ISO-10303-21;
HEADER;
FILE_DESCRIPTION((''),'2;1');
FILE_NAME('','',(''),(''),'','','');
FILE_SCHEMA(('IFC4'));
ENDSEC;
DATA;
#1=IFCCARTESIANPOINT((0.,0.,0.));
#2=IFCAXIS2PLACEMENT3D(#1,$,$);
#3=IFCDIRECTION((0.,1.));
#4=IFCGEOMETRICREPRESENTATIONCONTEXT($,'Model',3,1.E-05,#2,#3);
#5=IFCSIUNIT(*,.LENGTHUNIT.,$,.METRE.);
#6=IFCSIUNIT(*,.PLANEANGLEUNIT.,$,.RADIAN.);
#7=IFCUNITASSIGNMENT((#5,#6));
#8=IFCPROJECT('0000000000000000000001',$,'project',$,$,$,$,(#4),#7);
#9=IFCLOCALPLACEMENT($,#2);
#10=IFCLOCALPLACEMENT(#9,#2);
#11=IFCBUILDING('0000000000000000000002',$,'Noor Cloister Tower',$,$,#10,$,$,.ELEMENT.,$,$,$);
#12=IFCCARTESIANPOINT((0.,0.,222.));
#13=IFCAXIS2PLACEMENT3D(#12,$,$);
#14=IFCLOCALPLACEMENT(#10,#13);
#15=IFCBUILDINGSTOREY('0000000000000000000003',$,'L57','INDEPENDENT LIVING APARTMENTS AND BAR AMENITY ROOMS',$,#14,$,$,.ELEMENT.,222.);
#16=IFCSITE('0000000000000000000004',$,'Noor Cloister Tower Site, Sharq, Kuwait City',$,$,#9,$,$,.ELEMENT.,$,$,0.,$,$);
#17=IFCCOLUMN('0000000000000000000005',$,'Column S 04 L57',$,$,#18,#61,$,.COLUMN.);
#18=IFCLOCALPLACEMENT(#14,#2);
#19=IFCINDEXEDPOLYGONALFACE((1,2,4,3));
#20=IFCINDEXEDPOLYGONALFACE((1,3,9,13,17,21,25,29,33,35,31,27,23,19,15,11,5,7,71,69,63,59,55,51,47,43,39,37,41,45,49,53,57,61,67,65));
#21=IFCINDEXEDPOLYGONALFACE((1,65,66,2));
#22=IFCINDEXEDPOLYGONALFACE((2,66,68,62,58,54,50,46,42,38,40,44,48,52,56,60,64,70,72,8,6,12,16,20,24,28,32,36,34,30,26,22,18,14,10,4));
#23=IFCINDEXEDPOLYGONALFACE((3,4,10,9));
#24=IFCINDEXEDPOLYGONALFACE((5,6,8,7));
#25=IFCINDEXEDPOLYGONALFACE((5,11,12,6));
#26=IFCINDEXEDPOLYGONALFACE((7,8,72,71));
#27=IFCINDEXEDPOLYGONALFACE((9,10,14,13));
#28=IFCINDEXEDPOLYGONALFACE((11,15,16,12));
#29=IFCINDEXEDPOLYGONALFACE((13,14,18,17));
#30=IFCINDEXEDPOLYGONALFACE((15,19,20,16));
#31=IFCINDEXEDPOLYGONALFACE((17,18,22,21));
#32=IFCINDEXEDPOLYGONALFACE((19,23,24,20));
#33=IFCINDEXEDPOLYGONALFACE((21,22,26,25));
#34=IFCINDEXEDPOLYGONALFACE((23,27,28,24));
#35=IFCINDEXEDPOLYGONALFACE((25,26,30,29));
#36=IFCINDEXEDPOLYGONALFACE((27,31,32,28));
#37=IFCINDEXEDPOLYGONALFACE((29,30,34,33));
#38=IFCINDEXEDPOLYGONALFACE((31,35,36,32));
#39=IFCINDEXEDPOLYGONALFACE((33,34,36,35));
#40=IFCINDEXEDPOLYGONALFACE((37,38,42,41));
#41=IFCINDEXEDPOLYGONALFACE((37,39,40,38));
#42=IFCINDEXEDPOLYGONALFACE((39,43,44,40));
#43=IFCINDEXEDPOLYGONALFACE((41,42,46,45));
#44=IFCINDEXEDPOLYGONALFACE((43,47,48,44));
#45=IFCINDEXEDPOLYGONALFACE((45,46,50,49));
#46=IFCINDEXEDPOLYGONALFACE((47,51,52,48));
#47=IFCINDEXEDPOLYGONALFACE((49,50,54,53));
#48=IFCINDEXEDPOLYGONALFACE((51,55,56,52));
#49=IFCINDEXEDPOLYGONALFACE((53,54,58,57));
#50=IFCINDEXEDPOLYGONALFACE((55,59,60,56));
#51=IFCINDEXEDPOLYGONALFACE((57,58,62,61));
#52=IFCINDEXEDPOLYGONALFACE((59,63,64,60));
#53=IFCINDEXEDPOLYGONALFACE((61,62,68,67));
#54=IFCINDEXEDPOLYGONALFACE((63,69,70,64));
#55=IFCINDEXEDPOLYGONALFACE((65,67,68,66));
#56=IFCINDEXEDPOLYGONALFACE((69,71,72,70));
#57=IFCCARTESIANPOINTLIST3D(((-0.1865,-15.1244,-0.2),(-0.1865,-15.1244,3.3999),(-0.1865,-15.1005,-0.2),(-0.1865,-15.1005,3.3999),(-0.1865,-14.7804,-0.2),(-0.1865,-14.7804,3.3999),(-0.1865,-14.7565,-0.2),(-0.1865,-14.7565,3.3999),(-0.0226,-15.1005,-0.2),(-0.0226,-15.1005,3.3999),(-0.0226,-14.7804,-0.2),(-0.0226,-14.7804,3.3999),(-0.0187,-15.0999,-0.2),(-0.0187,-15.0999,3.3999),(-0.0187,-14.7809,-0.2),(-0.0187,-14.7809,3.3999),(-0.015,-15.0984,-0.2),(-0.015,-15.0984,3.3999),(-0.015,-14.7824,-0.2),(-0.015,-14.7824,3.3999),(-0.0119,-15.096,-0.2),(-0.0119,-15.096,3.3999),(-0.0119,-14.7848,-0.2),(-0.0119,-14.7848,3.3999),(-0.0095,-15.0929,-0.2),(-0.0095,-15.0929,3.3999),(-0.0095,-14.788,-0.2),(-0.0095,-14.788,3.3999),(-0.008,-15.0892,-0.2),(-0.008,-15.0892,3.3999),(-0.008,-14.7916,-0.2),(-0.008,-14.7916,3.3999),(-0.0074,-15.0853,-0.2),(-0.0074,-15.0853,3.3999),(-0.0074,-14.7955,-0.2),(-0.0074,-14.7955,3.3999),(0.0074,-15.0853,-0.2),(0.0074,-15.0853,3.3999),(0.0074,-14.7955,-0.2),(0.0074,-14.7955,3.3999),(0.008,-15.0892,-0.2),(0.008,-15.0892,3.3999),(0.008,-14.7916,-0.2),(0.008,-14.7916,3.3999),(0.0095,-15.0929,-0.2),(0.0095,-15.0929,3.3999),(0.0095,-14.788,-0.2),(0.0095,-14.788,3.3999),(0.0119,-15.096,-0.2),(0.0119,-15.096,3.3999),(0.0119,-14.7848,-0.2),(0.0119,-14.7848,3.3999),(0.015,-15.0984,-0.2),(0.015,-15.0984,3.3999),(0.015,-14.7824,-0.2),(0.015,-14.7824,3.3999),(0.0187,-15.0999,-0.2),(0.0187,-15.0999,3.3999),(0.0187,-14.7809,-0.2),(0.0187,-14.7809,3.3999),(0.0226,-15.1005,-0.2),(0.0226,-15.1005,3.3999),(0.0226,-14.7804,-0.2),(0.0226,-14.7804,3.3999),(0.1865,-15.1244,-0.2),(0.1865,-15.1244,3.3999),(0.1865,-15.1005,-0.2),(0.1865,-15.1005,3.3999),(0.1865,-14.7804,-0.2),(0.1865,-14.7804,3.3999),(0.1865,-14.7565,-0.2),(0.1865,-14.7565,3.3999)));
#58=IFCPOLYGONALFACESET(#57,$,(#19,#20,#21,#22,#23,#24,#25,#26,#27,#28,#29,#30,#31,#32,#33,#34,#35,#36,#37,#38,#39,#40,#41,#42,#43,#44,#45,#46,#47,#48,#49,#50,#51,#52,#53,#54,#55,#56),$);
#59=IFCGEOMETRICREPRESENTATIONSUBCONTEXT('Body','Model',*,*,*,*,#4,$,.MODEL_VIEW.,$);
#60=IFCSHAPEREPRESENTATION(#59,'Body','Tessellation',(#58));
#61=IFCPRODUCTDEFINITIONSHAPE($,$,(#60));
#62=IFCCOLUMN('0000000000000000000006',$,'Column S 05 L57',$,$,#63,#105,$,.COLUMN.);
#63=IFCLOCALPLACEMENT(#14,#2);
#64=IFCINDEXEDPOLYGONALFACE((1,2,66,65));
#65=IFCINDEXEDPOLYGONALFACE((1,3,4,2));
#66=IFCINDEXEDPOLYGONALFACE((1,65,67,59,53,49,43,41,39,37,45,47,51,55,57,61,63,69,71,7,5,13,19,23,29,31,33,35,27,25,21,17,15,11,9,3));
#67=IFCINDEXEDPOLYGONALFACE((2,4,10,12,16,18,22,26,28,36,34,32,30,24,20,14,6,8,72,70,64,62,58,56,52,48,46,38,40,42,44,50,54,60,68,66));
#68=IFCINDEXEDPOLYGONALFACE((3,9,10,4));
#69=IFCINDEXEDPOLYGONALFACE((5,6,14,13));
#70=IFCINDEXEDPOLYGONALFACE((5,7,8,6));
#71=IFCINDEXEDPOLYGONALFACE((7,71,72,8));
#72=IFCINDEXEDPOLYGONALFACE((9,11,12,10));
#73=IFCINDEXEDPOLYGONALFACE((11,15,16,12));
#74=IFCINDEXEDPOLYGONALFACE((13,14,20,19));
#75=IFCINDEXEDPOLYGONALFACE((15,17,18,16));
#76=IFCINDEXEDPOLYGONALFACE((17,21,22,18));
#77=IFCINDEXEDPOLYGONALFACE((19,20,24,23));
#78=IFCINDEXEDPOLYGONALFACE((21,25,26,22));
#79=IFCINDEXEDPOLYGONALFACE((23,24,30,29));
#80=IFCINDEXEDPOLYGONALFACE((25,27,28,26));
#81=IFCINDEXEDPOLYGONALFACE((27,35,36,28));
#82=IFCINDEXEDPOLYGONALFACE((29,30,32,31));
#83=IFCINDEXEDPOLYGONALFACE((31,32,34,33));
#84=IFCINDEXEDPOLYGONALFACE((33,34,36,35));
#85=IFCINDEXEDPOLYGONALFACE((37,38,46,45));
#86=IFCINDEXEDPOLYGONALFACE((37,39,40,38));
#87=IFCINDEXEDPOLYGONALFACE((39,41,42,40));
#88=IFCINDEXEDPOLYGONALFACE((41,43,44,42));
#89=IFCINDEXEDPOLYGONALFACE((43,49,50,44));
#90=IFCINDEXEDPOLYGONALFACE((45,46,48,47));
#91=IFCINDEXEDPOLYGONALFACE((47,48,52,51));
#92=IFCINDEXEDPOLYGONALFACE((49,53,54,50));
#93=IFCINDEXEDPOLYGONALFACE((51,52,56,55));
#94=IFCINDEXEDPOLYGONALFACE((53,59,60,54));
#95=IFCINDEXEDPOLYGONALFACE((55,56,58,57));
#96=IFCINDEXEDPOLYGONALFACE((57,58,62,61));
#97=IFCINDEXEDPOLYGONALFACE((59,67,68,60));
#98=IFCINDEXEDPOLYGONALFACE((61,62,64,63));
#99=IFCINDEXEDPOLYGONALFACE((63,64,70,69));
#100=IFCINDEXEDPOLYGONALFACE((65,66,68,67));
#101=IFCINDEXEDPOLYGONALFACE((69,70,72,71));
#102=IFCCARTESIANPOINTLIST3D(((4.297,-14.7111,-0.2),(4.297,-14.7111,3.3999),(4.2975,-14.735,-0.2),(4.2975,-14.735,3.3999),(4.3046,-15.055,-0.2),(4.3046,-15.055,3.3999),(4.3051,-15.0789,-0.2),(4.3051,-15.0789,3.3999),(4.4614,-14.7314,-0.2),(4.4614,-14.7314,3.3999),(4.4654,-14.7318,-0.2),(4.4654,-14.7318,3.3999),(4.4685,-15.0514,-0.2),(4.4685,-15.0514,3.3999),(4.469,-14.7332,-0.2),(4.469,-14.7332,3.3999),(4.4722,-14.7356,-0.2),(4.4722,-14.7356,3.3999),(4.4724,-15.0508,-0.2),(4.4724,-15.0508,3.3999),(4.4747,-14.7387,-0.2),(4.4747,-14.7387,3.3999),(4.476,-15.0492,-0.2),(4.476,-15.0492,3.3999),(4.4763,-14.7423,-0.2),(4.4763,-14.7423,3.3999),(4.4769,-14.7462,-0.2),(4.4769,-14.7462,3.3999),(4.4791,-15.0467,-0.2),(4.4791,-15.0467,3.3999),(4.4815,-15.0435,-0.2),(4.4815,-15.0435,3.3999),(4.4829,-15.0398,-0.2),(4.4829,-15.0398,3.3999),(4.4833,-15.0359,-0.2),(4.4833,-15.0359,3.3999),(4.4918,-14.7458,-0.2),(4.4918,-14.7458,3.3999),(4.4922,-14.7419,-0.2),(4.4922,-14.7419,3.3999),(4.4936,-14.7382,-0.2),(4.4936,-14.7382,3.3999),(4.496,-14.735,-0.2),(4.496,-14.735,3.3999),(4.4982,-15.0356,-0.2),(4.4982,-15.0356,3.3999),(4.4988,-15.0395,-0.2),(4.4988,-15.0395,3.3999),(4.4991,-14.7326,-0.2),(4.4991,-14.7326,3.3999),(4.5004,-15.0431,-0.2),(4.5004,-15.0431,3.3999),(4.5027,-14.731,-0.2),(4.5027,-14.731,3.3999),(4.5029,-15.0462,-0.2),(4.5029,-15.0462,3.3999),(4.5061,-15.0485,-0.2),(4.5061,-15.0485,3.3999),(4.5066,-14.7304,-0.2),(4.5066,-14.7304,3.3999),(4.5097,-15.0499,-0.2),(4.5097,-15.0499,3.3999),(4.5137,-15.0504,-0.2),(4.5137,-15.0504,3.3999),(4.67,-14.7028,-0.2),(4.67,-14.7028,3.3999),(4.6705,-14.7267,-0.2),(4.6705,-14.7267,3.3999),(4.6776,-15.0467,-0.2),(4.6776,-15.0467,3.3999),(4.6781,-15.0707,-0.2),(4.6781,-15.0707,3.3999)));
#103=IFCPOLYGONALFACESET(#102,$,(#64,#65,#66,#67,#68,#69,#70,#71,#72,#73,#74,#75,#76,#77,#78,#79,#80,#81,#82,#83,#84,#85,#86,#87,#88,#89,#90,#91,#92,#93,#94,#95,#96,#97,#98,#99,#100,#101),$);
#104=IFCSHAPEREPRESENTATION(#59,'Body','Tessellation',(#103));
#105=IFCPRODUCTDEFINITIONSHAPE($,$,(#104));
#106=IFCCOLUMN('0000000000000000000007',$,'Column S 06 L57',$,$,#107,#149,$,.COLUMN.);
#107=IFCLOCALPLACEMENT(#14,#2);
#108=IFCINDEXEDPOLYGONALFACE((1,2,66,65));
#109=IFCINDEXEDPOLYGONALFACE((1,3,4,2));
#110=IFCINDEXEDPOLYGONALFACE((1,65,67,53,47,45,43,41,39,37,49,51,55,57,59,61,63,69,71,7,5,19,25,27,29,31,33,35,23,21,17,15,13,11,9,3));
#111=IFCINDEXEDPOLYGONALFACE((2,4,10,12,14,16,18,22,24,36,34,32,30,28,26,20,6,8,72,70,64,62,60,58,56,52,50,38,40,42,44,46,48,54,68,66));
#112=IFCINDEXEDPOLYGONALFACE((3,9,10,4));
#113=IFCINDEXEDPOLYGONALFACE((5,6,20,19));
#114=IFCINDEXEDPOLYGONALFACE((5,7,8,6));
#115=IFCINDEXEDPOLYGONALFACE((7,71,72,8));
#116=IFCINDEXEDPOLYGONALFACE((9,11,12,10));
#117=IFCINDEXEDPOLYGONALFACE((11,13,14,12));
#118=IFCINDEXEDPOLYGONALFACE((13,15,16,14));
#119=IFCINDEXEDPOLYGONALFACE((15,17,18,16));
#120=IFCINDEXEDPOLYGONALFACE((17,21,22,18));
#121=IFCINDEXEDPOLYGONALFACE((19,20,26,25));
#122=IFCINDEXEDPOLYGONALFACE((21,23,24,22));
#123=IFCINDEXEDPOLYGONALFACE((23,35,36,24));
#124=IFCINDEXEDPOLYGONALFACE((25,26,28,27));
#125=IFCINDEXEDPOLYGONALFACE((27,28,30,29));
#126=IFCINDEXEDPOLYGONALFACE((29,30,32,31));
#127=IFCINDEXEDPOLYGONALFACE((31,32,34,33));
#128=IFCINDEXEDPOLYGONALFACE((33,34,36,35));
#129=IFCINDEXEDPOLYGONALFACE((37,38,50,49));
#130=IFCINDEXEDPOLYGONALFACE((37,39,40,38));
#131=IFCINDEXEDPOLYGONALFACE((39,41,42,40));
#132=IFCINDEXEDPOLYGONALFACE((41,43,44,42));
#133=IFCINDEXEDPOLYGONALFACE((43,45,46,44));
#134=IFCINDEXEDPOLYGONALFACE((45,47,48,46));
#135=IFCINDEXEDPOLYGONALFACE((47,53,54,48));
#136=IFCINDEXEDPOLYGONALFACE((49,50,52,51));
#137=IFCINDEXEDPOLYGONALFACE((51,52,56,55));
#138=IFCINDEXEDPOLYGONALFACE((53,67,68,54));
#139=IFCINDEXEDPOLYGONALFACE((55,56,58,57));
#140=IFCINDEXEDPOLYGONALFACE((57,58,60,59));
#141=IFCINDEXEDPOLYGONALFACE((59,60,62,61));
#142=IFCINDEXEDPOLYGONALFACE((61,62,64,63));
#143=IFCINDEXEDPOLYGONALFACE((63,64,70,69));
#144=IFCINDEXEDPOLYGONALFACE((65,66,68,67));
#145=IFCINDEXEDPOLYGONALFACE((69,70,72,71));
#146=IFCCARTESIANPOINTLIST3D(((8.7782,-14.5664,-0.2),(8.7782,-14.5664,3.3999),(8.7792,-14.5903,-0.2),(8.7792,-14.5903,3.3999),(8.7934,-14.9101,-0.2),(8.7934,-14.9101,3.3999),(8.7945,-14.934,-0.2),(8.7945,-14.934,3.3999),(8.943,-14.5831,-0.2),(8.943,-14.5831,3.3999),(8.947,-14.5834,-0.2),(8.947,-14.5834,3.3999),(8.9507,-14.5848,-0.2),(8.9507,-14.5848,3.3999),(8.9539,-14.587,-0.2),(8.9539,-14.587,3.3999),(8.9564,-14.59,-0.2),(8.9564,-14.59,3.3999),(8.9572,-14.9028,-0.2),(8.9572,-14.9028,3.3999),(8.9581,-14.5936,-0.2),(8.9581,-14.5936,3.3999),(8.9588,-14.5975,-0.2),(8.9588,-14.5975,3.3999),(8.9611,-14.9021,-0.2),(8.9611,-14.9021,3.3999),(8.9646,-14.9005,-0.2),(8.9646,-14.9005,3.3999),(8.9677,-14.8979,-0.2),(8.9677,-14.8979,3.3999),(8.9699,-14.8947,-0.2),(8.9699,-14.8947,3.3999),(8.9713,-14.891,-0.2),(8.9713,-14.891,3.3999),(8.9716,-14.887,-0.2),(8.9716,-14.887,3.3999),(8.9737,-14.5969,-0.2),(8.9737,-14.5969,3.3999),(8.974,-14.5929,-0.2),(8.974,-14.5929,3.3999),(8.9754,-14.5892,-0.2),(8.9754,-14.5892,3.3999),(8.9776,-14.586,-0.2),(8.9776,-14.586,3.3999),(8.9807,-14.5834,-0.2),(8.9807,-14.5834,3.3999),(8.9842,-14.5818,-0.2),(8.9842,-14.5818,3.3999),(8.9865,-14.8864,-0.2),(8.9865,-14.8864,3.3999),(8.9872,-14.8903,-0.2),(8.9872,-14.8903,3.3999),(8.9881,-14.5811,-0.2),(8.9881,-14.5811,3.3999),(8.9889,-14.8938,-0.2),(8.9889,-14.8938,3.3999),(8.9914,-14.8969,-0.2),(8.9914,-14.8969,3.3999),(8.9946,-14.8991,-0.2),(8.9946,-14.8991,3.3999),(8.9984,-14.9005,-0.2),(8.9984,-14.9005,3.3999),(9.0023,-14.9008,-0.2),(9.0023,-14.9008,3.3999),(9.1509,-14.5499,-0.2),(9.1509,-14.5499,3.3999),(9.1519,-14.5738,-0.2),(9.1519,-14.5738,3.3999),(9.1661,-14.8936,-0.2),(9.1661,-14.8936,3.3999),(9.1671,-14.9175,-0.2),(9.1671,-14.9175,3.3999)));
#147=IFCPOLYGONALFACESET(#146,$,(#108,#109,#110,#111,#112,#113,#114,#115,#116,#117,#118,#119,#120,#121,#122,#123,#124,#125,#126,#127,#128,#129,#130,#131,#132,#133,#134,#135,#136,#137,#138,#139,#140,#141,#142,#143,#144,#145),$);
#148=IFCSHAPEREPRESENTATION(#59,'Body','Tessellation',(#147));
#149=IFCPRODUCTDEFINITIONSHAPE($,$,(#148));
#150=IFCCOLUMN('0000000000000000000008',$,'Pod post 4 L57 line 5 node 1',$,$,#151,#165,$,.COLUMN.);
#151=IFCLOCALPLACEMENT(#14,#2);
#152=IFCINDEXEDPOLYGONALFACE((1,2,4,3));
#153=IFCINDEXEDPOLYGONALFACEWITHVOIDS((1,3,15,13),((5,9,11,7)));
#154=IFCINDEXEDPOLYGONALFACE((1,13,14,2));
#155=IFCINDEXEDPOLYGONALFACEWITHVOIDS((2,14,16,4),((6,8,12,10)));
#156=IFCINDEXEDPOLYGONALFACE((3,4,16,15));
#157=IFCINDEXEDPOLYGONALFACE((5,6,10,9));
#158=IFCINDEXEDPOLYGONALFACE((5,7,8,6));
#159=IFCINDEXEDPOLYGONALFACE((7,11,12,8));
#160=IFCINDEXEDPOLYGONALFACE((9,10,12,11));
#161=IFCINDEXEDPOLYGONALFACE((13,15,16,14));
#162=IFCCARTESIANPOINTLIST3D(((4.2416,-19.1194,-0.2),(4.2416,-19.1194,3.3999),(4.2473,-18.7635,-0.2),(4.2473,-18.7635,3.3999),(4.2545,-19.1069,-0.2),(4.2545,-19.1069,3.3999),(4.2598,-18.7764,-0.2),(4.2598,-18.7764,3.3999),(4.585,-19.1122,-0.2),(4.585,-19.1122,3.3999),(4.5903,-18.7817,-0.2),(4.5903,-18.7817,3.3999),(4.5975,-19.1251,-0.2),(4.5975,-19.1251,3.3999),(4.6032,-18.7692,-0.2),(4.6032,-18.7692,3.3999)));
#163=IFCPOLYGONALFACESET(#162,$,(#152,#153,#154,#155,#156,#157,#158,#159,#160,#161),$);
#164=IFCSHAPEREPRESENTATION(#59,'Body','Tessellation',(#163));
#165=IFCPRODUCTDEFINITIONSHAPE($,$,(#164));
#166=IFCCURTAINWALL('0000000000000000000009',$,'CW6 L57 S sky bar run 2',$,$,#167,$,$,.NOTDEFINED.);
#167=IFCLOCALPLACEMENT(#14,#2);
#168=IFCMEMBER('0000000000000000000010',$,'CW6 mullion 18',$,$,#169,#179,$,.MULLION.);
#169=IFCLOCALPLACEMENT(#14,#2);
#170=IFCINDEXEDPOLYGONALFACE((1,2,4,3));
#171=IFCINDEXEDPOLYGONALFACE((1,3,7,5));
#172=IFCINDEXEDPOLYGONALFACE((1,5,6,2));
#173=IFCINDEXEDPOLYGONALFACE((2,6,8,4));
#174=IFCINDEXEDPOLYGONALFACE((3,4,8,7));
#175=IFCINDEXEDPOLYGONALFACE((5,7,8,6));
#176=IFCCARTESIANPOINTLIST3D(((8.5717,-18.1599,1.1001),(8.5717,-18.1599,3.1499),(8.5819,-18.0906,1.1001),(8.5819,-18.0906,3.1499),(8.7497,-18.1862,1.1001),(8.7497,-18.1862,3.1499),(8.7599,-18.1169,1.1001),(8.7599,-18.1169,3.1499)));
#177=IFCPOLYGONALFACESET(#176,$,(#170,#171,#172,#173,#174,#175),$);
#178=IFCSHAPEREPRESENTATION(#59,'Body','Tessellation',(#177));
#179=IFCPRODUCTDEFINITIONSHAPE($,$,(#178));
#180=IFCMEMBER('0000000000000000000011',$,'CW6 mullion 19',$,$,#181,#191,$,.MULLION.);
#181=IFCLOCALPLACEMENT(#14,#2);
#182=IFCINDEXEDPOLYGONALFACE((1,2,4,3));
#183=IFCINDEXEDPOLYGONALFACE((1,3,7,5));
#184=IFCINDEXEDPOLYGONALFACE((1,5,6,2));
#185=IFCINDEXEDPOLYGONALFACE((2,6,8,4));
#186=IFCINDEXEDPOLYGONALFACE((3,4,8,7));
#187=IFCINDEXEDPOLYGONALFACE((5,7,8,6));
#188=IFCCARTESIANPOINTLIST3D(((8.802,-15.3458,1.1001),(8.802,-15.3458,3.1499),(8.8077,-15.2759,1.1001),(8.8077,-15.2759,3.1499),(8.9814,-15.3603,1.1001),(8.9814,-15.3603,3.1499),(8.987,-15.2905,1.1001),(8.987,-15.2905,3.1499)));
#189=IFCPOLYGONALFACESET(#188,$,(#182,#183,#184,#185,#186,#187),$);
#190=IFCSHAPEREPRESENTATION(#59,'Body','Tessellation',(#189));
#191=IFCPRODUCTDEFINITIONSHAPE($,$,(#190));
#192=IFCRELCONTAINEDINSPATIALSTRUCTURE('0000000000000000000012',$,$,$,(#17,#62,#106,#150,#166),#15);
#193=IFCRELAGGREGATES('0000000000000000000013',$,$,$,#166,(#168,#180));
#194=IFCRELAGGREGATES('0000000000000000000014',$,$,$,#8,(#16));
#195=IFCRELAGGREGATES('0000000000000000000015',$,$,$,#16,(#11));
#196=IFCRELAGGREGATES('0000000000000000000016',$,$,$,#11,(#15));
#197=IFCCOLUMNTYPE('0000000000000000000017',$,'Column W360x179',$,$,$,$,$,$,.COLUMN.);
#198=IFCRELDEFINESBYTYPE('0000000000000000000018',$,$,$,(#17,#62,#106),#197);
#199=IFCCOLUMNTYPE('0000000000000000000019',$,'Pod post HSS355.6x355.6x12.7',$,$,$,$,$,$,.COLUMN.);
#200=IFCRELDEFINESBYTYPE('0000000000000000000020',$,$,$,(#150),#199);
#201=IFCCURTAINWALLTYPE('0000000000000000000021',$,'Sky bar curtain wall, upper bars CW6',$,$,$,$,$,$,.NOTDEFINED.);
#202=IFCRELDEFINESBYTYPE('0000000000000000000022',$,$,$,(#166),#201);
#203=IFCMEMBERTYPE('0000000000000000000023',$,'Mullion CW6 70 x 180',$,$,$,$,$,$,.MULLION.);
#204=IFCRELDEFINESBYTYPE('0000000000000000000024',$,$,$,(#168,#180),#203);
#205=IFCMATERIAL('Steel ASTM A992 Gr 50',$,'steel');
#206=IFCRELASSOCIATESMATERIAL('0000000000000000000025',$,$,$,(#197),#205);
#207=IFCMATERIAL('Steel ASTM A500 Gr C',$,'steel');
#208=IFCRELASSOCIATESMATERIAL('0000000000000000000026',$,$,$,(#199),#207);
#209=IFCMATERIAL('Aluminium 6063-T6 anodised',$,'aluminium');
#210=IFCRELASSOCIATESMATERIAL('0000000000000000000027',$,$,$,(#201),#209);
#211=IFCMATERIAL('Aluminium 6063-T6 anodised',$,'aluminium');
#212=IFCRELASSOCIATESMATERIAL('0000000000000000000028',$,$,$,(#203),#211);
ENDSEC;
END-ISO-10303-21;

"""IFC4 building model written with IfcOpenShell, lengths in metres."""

from ifc_helpers import new_model, si_unit, direction, frame, origin, origin_2d, place, context, subcontext, project, spatial, rectangle, hollow_rectangle, i_section, extrude, material, material_profile, profile_set, type_object, element, aggregate, save


model = new_model("IFC4")

# Units and contexts
model_context = context("Model", 3, precision=1e-05, world=origin(), true_north=direction((0.0, 1.0)))
body_context = subcontext(model_context, "Body", "Model", "MODEL_VIEW")
ifc_project = project(units=[si_unit("LENGTHUNIT", "METRE"), si_unit("PLANEANGLEUNIT", "RADIAN")], contexts=[model_context])

# Site, building, storey
site_placement = place(None, origin())
site = spatial("IfcSite", under=ifc_project, at=site_placement, Name="Noor Cloister Tower Site, Sharq, Kuwait City", CompositionType="ELEMENT", RefElevation=0.0)
building_placement = place(site_placement, origin())
building = spatial("IfcBuilding", under=site, at=building_placement, Name="Noor Cloister Tower", CompositionType="ELEMENT")
storey_placement = place(building_placement, frame((0.0, 0.0, 222.0)))
storey = spatial("IfcBuildingStorey", under=building, at=storey_placement, Name="L57", Description="INDEPENDENT LIVING APARTMENTS AND BAR AMENITY ROOMS", CompositionType="ELEMENT", Elevation=222.0)

# Columns
ifc_material_1 = material(Name="Steel ASTM A992 Gr 50", Category="steel")
ifc_material_profile_1 = material_profile(ifc_material_1, i_section(OverallWidth=0.373, OverallDepth=0.3679, WebThickness=0.0149, FlangeThickness=0.0239, FilletRadius=0.0151, at=origin_2d()), Name="W360x179")
ifc_profile_set_1 = profile_set([ifc_material_profile_1], Name="Steel ASTM A992 Gr 50")
column_type_1 = type_object("IfcColumnType", Name="Column W360x179", PredefinedType="COLUMN", material=ifc_profile_set_1)
for number, where, z_axis, x_axis, name in (
    (1, (0.0, -14.9404, -0.2), (0.0, 0.0, 1.0), (1.0, 0.0, 0.0), "Column S 04 L57"),
    (2, (4.4875, -14.8909, -0.2), (0.0, 0.0, 1.0), (0.999755, 0.022132, 0.0), "Column S 05 L57"),
    (3, (8.9727, -14.7419, -0.2), (0.0, 0.0, 1.0), (0.99902, 0.044252, 0.0), "Column S 06 L57"),
):
    element("IfcColumn", number, at=place(storey_placement, frame(where, z_axis=z_axis, x_axis=x_axis)), inside=storey, type_object=column_type_1, Name=name, PredefinedType="COLUMN", context=body_context, shape_type="SweptSolid", body=[
        extrude(i_section(OverallWidth=0.373, OverallDepth=0.3679, WebThickness=0.0149, FlangeThickness=0.0239, FilletRadius=0.0151, at=origin_2d()), origin(), (0.0, 0.0, 1.0), 3.5999),
    ])
ifc_material_2 = material(Name="Steel ASTM A500 Gr C", Category="steel")
ifc_material_profile_2 = material_profile(ifc_material_2, hollow_rectangle(XDim=0.356, YDim=0.356, WallThickness=0.0127, at=origin_2d()), Name="HSS355.6x355.6x12.7")
ifc_profile_set_2 = profile_set([ifc_material_profile_2], Name="Steel ASTM A500 Gr C")
column_type_2 = type_object("IfcColumnType", Name="Pod post HSS355.6x355.6x12.7", PredefinedType="COLUMN", material=ifc_profile_set_2)
column_placement = place(storey_placement, frame((4.4224, -18.9443, -0.2), z_axis=(0.0, 0.0, 1.0), x_axis=(-0.016039, -0.999871, 0.0)))
element("IfcColumn", 4, at=column_placement, inside=storey, type_object=column_type_2, Name="Pod post 4 L57 line 5 node 1", PredefinedType="COLUMN", context=body_context, shape_type="SweptSolid", body=[
    extrude(hollow_rectangle(XDim=0.356, YDim=0.356, WallThickness=0.0127, at=origin_2d()), origin(), (0.0, 0.0, 1.0), 3.5999),
])

# Curtain wall, members
ifc_material_3 = material(Name="Aluminium 6063-T6 anodised", Category="aluminium")
curtain_wall_type = type_object("IfcCurtainWallType", Name="Sky bar curtain wall, upper bars CW6", PredefinedType="NOTDEFINED", material=ifc_material_3)
curtain_wall_placement = place(storey_placement, origin())
curtain_wall = element("IfcCurtainWall", 5, at=curtain_wall_placement, inside=storey, type_object=curtain_wall_type, Name="CW6 L57 S sky bar run 2", PredefinedType="NOTDEFINED")
ifc_material_4 = material(Name="Aluminium 6063-T6 anodised", Category="aluminium")
ifc_material_profile_3 = material_profile(ifc_material_4, rectangle(XDim=0.1799, YDim=0.0701, at=origin_2d()), Name="180 x 70 mullion")
ifc_profile_set_3 = profile_set([ifc_material_profile_3], Name="Aluminium 6063-T6 anodised")
member_type = type_object("IfcMemberType", Name="Mullion CW6 70 x 180", PredefinedType="MULLION", material=ifc_profile_set_3)
member_1_placement = place(storey_placement, frame((8.6658, -18.1384, 1.1001), z_axis=(0.0, 0.0, 1.0), x_axis=(-0.98926, 0.146169, 0.0)))
member_1 = element("IfcMember", 6, at=member_1_placement, type_object=member_type, Name="CW6 mullion 18", PredefinedType="MULLION", context=body_context, shape_type="SweptSolid", body=[
    extrude(rectangle(XDim=0.1799, YDim=0.0701, at=origin_2d()), origin(), (0.0, 0.0, 1.0), 2.0498),
])
member_2_placement = place(storey_placement, frame((8.8945, -15.3181, 1.1001), z_axis=(0.0, 0.0, 1.0), x_axis=(-0.996728, 0.080834, 0.0)))
member_2 = element("IfcMember", 7, at=member_2_placement, type_object=member_type, Name="CW6 mullion 19", PredefinedType="MULLION", context=body_context, shape_type="SweptSolid", body=[
    extrude(rectangle(XDim=0.1799, YDim=0.0701, at=origin_2d()), origin(), (0.0, 0.0, 1.0), 2.0498),
])

aggregate(curtain_wall, [member_1, member_2])

save(model, "model.ifc")
